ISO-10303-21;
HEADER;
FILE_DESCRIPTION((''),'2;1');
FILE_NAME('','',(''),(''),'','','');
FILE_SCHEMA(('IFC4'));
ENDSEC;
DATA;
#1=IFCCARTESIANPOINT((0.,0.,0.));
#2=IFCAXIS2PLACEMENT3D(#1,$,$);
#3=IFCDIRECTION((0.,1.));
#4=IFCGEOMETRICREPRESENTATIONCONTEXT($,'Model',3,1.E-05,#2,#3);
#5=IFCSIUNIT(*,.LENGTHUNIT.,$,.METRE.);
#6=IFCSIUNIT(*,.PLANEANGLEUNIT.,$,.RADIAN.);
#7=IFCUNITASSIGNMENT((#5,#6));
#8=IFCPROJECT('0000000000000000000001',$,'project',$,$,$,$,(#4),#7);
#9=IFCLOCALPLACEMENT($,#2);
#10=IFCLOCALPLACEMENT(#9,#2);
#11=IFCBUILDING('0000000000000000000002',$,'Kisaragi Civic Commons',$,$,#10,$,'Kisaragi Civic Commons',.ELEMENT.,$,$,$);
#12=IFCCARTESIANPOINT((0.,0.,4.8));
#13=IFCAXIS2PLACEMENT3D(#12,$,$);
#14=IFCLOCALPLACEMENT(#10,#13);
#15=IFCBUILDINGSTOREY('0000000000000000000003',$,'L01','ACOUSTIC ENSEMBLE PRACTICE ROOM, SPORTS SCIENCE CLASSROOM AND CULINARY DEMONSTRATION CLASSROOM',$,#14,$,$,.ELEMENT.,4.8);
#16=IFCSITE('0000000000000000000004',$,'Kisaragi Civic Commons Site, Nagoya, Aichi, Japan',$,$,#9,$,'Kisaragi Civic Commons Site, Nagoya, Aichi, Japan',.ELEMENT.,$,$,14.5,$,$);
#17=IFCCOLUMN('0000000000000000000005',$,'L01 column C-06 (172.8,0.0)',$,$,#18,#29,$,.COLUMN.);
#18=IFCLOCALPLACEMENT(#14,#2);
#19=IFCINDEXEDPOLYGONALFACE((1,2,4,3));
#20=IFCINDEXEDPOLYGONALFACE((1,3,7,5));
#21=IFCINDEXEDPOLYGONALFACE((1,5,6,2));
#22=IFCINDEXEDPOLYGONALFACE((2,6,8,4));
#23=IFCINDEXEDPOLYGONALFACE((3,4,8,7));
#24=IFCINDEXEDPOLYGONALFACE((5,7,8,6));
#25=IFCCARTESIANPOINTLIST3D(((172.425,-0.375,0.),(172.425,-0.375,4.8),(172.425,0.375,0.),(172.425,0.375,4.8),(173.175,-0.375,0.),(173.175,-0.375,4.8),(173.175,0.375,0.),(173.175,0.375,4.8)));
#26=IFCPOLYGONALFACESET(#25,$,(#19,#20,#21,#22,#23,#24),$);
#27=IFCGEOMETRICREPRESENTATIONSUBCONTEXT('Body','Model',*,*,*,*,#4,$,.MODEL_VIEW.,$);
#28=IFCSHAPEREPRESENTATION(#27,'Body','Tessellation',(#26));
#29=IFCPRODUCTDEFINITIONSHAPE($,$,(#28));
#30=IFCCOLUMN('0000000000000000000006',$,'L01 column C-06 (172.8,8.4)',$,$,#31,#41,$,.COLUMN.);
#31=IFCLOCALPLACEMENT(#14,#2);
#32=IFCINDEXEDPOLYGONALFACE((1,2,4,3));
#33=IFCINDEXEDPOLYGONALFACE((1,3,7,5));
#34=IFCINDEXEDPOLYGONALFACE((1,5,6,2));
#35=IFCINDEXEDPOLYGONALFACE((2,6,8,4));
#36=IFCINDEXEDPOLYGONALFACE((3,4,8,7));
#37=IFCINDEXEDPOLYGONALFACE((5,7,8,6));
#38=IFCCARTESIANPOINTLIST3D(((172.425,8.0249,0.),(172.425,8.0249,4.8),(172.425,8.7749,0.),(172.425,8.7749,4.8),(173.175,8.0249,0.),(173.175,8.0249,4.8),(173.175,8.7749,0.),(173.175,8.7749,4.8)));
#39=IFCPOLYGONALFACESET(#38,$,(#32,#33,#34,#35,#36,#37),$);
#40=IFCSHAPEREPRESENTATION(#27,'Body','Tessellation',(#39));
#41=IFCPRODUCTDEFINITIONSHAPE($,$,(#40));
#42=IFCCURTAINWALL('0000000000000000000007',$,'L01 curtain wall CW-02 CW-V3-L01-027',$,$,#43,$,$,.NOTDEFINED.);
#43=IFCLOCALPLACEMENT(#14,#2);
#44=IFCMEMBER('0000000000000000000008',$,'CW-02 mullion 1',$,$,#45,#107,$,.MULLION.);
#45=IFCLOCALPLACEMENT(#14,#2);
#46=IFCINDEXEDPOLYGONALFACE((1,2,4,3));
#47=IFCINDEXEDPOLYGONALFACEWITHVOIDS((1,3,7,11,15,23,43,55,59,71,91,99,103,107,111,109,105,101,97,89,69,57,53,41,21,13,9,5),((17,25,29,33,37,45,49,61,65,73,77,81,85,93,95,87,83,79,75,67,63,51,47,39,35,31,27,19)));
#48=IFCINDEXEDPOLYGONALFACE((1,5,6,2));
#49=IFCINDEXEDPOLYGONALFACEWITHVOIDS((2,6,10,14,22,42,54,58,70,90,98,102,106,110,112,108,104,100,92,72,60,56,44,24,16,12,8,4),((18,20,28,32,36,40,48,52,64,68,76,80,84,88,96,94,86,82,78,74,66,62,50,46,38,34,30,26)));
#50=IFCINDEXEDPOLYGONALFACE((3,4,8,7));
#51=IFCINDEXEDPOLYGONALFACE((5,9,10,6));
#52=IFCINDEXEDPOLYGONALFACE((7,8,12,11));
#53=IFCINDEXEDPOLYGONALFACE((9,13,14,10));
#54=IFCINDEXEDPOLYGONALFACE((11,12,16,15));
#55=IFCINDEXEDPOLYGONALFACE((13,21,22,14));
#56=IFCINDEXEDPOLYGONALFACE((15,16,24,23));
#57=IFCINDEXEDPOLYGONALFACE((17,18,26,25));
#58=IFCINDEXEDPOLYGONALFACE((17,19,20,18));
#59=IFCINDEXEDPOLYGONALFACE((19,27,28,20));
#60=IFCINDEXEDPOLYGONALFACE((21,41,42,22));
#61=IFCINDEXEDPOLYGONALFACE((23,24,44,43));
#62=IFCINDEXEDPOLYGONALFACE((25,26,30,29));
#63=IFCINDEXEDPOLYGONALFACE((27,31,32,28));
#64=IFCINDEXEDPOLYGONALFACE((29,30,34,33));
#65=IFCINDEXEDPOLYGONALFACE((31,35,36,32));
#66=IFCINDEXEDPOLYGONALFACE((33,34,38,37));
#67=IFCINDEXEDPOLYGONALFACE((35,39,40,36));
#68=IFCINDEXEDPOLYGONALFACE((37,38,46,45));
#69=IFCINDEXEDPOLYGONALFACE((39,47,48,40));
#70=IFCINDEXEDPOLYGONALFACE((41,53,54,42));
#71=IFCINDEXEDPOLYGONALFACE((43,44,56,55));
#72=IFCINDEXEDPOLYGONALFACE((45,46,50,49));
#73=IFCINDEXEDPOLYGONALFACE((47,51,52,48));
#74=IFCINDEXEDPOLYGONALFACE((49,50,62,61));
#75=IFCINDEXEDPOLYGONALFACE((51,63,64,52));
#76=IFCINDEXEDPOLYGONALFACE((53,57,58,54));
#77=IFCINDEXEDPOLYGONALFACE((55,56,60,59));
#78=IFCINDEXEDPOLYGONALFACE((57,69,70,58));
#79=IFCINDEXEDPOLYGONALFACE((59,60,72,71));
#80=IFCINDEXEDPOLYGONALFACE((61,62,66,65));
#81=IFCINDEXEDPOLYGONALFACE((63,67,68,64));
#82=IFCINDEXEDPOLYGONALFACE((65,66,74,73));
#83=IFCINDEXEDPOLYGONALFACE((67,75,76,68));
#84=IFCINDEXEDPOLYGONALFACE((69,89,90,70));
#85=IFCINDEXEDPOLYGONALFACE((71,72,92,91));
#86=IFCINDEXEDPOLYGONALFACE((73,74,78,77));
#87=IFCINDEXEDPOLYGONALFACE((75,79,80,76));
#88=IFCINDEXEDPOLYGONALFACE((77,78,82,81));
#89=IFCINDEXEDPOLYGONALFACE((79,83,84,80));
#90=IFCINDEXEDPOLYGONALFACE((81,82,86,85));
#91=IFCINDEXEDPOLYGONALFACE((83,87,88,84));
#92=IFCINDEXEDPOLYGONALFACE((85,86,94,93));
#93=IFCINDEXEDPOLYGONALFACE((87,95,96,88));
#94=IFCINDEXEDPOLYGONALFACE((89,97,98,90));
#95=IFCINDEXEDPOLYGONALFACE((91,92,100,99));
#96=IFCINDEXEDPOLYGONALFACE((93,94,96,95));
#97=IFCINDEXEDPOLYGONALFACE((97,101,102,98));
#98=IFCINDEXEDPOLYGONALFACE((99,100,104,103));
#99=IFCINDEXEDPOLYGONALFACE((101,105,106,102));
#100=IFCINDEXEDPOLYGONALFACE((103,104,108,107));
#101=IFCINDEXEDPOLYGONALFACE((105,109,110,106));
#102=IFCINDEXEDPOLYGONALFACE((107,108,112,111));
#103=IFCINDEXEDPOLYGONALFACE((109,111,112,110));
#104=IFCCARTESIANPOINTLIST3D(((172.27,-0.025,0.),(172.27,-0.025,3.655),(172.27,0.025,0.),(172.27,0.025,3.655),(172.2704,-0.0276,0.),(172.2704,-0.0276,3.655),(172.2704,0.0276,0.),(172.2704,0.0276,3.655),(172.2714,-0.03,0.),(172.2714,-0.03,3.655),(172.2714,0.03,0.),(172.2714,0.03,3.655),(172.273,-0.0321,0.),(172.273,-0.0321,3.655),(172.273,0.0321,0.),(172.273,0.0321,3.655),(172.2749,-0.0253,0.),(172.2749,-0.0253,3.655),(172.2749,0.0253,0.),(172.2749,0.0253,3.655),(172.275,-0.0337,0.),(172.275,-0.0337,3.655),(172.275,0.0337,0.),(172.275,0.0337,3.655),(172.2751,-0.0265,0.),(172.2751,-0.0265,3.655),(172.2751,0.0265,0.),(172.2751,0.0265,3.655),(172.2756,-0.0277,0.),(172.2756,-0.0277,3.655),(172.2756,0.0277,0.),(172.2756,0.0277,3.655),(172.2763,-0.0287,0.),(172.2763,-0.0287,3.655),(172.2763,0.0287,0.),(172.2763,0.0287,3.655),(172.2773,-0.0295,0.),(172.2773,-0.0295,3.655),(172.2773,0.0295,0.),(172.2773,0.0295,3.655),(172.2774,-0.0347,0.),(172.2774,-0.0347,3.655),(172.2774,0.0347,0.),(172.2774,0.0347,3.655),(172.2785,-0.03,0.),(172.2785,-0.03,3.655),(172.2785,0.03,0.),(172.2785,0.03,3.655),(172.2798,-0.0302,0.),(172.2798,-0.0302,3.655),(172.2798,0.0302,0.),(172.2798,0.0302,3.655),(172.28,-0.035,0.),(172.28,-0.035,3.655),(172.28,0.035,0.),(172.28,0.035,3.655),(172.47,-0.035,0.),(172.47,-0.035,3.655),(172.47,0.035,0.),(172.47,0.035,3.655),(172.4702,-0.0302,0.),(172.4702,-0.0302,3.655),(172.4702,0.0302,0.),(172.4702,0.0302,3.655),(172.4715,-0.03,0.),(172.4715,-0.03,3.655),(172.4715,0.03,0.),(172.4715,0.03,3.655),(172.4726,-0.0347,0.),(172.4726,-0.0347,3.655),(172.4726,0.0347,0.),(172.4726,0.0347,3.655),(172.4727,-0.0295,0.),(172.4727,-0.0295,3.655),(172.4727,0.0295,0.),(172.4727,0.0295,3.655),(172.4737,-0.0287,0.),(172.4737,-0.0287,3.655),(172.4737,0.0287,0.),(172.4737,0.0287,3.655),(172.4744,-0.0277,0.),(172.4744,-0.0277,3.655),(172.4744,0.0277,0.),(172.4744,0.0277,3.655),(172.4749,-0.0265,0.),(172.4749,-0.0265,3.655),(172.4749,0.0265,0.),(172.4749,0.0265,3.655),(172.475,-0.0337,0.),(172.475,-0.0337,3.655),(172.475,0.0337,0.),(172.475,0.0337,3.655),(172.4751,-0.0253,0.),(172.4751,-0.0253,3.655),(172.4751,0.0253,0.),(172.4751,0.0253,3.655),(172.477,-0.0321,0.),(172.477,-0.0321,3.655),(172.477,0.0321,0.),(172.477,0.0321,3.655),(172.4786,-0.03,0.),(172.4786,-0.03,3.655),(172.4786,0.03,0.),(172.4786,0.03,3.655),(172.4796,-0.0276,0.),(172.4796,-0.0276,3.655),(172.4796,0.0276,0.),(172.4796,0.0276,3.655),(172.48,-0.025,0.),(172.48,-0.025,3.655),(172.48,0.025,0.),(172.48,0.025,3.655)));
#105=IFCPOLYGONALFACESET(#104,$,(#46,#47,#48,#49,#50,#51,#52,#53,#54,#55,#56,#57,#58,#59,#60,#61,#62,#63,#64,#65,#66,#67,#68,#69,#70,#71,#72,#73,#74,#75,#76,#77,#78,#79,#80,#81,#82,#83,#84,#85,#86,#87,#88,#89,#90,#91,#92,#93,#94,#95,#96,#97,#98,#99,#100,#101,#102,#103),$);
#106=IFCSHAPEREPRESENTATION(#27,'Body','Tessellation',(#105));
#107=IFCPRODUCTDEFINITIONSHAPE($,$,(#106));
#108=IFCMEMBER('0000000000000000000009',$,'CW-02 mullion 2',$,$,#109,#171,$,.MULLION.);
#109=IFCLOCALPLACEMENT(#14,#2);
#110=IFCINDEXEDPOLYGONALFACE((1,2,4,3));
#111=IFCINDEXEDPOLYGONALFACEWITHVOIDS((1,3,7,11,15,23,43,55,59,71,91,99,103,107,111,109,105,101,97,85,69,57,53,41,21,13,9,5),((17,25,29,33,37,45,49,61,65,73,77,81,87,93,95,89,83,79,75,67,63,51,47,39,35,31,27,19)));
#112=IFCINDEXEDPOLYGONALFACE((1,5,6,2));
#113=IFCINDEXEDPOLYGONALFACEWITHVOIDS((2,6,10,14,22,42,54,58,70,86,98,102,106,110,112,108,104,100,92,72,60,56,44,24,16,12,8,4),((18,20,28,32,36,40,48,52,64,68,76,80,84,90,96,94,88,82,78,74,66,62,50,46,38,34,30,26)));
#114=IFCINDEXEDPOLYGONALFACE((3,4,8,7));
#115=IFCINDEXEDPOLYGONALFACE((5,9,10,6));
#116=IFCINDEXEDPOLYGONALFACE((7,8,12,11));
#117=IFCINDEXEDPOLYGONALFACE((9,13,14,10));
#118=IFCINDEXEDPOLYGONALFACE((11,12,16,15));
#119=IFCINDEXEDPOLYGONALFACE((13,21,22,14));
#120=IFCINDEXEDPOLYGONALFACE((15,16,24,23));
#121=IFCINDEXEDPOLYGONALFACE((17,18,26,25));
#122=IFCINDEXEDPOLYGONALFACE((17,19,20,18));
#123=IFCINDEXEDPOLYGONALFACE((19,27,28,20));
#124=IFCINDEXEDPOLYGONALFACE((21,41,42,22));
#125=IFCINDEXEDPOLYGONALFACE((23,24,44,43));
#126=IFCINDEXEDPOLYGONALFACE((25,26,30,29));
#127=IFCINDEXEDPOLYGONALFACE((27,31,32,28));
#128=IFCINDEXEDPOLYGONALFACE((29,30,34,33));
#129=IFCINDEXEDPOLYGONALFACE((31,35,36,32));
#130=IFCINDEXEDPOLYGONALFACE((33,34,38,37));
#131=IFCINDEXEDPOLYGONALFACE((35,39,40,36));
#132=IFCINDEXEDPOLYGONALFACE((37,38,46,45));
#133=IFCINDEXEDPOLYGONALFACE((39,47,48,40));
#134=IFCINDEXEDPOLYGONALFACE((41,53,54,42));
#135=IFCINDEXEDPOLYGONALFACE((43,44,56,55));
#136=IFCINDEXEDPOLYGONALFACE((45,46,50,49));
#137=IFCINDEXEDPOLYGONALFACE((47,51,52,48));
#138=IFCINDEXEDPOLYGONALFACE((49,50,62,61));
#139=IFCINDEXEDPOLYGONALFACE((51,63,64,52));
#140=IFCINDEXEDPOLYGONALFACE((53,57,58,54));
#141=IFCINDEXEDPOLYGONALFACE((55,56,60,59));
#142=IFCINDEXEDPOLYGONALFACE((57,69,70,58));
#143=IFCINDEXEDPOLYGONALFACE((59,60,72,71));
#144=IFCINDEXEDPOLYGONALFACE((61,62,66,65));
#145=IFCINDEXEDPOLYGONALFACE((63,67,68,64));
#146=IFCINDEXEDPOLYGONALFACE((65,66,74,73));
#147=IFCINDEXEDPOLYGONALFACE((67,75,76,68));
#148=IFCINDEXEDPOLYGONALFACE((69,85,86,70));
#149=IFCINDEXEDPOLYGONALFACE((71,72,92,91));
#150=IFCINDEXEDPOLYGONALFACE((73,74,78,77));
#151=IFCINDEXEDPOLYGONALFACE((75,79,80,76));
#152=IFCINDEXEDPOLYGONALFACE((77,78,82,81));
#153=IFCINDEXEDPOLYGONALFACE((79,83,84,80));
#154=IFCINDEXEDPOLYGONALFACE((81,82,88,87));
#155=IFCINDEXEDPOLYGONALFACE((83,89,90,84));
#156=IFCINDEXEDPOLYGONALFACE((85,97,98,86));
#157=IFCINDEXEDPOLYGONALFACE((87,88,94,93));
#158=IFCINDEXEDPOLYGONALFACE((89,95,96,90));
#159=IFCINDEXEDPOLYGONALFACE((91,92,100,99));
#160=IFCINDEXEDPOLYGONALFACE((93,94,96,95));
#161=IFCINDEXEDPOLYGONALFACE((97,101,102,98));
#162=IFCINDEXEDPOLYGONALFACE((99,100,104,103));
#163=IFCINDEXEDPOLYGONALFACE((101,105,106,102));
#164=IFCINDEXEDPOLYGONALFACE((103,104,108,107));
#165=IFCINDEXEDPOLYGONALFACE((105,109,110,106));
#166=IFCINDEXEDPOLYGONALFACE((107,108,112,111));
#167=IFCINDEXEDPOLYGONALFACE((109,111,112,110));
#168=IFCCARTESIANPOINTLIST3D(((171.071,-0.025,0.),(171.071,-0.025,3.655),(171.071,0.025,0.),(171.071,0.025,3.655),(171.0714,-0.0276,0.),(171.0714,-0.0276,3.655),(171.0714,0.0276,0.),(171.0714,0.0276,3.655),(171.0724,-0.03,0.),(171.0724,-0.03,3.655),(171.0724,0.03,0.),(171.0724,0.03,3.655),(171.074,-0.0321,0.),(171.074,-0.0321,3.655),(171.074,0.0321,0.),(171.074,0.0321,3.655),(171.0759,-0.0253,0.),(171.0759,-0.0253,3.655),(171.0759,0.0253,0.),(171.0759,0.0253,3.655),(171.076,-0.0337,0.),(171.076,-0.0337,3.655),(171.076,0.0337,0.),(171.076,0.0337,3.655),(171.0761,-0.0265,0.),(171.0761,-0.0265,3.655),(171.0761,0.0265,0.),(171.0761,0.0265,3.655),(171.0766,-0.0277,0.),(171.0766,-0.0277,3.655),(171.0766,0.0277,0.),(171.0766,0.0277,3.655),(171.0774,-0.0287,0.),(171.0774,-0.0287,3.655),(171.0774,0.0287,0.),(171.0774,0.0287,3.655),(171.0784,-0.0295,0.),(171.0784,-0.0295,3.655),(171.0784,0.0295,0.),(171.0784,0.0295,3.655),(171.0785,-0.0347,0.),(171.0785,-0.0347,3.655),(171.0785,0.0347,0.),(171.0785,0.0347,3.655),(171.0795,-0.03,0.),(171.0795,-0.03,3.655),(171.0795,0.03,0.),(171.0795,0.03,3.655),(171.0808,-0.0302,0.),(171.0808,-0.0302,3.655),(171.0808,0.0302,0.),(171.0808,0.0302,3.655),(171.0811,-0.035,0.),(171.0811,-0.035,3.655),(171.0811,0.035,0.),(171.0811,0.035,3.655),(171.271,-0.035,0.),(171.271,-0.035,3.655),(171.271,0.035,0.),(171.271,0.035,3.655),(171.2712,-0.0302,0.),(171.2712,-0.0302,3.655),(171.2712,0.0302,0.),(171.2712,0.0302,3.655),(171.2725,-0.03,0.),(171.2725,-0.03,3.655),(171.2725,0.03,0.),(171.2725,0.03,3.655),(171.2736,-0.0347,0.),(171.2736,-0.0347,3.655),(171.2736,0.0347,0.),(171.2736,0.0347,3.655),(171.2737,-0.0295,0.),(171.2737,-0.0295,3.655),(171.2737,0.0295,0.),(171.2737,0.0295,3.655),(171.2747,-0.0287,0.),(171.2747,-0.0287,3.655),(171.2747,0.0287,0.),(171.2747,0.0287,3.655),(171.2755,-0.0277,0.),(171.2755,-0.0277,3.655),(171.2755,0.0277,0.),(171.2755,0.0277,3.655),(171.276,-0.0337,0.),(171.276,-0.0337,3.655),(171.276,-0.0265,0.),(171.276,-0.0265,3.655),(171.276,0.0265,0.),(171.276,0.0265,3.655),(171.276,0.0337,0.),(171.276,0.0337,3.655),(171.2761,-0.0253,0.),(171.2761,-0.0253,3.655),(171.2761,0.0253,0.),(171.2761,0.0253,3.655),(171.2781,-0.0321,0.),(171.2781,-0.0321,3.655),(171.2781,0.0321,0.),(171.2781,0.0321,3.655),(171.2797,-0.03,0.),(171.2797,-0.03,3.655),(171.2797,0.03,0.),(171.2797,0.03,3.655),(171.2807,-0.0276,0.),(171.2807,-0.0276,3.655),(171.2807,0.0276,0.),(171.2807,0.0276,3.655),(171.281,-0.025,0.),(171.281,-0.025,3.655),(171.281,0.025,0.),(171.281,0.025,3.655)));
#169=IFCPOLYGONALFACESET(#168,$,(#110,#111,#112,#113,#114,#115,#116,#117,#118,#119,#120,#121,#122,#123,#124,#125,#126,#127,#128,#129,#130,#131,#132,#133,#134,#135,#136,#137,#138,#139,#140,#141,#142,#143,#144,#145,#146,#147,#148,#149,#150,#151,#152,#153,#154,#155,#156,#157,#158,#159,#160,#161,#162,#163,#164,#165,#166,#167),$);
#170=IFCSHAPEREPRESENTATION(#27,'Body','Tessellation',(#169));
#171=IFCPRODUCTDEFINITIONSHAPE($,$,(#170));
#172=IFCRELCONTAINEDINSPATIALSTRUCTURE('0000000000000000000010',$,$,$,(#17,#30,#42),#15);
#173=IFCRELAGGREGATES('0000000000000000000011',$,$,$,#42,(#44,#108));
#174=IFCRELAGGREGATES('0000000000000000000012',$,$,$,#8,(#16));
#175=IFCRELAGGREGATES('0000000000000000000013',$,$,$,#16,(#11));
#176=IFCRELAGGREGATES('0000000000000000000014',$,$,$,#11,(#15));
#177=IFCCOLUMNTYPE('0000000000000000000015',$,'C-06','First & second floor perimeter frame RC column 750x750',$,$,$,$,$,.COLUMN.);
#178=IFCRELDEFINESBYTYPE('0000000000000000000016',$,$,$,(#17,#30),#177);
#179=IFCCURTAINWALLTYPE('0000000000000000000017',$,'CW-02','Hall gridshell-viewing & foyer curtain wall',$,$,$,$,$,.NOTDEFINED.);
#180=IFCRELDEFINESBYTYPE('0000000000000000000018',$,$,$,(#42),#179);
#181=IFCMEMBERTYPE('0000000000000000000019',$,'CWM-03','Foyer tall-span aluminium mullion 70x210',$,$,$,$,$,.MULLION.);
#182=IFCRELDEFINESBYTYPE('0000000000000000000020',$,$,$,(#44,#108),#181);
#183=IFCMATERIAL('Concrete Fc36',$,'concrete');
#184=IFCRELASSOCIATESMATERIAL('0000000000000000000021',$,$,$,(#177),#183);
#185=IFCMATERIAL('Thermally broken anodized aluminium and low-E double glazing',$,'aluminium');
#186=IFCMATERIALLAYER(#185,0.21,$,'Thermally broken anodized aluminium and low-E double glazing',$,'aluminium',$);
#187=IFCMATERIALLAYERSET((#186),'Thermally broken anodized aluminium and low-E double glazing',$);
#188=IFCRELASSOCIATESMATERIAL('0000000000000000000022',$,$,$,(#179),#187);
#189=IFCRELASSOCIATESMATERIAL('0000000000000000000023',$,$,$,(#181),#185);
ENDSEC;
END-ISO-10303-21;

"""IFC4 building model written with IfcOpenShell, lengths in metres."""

from ifc_helpers import new_model, si_unit, direction, frame, origin, origin_2d, place, context, subcontext, project, spatial, rectangle, hollow_rectangle, extrude, material, layer, layer_set, material_profile, profile_set, type_object, element, aggregate, save


model = new_model("IFC4")

# Units and contexts
model_context = context("Model", 3, precision=1e-05, world=origin(), true_north=direction((0.0, 1.0)))
body_context = subcontext(model_context, "Body", "Model", "MODEL_VIEW")
ifc_project = project(units=[si_unit("LENGTHUNIT", "METRE"), si_unit("PLANEANGLEUNIT", "RADIAN")], contexts=[model_context])

# Site, building, storey
site_placement = place(None, origin())
site = spatial("IfcSite", under=ifc_project, at=site_placement, Name="Kisaragi Civic Commons Site, Nagoya, Aichi, Japan", LongName="Kisaragi Civic Commons Site, Nagoya, Aichi, Japan", CompositionType="ELEMENT", RefElevation=14.5)
building_placement = place(site_placement, origin())
building = spatial("IfcBuilding", under=site, at=building_placement, Name="Kisaragi Civic Commons", LongName="Kisaragi Civic Commons", CompositionType="ELEMENT")
storey_placement = place(building_placement, frame((0.0, 0.0, 4.8)))
storey = spatial("IfcBuildingStorey", under=building, at=storey_placement, Name="L01", Description="ACOUSTIC ENSEMBLE PRACTICE ROOM, SPORTS SCIENCE CLASSROOM AND CULINARY DEMONSTRATION CLASSROOM", CompositionType="ELEMENT", Elevation=4.8)

# Columns
ifc_material_1 = material(Name="Concrete Fc36", Category="concrete")
ifc_material_profile_1 = material_profile(ifc_material_1, rectangle(XDim=0.75, YDim=0.75, at=origin_2d()), Name="RC-750x750", Category="concrete")
ifc_profile_set_1 = profile_set([ifc_material_profile_1], Name="Concrete Fc36")
column_type = type_object("IfcColumnType", Name="C-06", Description="First & second floor perimeter frame RC column 750x750", PredefinedType="COLUMN", material=ifc_profile_set_1)
for number, where, z_axis, x_axis, name in (
    (1, (172.8, 0.0, 0.0), (0.0, 0.0, 1.0), (1.0, 0.0, 0.0), "L01 column C-06 (172.8,0.0)"),
    (2, (172.8, 8.3999, 0.0), (0.0, 0.0, 1.0), (1.0, 0.0, 0.0), "L01 column C-06 (172.8,8.4)"),
):
    element("IfcColumn", number, at=place(storey_placement, frame(where, z_axis=z_axis, x_axis=x_axis)), inside=storey, type_object=column_type, Name=name, PredefinedType="COLUMN", context=body_context, shape_type="SweptSolid", body=[
        extrude(rectangle(XDim=0.75, YDim=0.75, at=origin_2d()), origin(), (0.0, 0.0, 1.0), 4.8),
    ])

# Curtain wall, members
ifc_material_2 = material(Name="Thermally broken anodized aluminium and low-E double glazing", Category="aluminium")
ifc_layer_1 = layer(ifc_material_2, 0.21, Name="Thermally broken anodized aluminium and low-E double glazing", Category="aluminium")
ifc_layer_set_1 = layer_set([ifc_layer_1], Name="Thermally broken anodized aluminium and low-E double glazing")
curtain_wall_type = type_object("IfcCurtainWallType", Name="CW-02", Description="Hall gridshell-viewing & foyer curtain wall", PredefinedType="NOTDEFINED", material=ifc_layer_set_1)
curtain_wall_placement = place(storey_placement, origin())
curtain_wall = element("IfcCurtainWall", 3, at=curtain_wall_placement, inside=storey, type_object=curtain_wall_type, Name="L01 curtain wall CW-02 CW-V3-L01-027", PredefinedType="NOTDEFINED")
ifc_material_profile_2 = material_profile(ifc_material_2, hollow_rectangle(XDim=0.0701, YDim=0.21, WallThickness=0.0049, InnerFilletRadius=0.0049, OuterFilletRadius=0.01, at=origin_2d()), Name="CWM-70x210x5", Category="aluminium")
ifc_profile_set_2 = profile_set([ifc_material_profile_2], Name="Thermally broken anodized aluminium and low-E double glazing")
member_type_1 = type_object("IfcMemberType", Name="CWM-03", Description="Foyer tall-span aluminium mullion 70x210", PredefinedType="MULLION", material=ifc_profile_set_2)
member_1_placement = place(storey_placement, frame((172.375, 0.0, 0.0), z_axis=(0.0, 0.0, 1.0), x_axis=(0.0, -1.0, 0.0)))
member_1 = element("IfcMember", 4, at=member_1_placement, type_object=member_type_1, Name="CW-02 mullion 1", PredefinedType="MULLION", context=body_context, shape_type="SweptSolid", body=[
    extrude(hollow_rectangle(XDim=0.0701, YDim=0.21, WallThickness=0.0049, InnerFilletRadius=0.0049, OuterFilletRadius=0.01, at=origin_2d()), origin(), (0.0, 0.0, 1.0), 3.655),
])
member_2_placement = place(storey_placement, frame((171.176, 0.0, 0.0), z_axis=(0.0, 0.0, 1.0), x_axis=(0.0, -1.0, 0.0)))
member_2 = element("IfcMember", 5, at=member_2_placement, type_object=member_type_1, Name="CW-02 mullion 2", PredefinedType="MULLION", context=body_context, shape_type="SweptSolid", body=[
    extrude(hollow_rectangle(XDim=0.0701, YDim=0.21, WallThickness=0.0049, InnerFilletRadius=0.0049, OuterFilletRadius=0.01, at=origin_2d()), origin(), (0.0, 0.0, 1.0), 3.655),
])

aggregate(curtain_wall, [member_1, member_2])

save(model, "model.ifc")
